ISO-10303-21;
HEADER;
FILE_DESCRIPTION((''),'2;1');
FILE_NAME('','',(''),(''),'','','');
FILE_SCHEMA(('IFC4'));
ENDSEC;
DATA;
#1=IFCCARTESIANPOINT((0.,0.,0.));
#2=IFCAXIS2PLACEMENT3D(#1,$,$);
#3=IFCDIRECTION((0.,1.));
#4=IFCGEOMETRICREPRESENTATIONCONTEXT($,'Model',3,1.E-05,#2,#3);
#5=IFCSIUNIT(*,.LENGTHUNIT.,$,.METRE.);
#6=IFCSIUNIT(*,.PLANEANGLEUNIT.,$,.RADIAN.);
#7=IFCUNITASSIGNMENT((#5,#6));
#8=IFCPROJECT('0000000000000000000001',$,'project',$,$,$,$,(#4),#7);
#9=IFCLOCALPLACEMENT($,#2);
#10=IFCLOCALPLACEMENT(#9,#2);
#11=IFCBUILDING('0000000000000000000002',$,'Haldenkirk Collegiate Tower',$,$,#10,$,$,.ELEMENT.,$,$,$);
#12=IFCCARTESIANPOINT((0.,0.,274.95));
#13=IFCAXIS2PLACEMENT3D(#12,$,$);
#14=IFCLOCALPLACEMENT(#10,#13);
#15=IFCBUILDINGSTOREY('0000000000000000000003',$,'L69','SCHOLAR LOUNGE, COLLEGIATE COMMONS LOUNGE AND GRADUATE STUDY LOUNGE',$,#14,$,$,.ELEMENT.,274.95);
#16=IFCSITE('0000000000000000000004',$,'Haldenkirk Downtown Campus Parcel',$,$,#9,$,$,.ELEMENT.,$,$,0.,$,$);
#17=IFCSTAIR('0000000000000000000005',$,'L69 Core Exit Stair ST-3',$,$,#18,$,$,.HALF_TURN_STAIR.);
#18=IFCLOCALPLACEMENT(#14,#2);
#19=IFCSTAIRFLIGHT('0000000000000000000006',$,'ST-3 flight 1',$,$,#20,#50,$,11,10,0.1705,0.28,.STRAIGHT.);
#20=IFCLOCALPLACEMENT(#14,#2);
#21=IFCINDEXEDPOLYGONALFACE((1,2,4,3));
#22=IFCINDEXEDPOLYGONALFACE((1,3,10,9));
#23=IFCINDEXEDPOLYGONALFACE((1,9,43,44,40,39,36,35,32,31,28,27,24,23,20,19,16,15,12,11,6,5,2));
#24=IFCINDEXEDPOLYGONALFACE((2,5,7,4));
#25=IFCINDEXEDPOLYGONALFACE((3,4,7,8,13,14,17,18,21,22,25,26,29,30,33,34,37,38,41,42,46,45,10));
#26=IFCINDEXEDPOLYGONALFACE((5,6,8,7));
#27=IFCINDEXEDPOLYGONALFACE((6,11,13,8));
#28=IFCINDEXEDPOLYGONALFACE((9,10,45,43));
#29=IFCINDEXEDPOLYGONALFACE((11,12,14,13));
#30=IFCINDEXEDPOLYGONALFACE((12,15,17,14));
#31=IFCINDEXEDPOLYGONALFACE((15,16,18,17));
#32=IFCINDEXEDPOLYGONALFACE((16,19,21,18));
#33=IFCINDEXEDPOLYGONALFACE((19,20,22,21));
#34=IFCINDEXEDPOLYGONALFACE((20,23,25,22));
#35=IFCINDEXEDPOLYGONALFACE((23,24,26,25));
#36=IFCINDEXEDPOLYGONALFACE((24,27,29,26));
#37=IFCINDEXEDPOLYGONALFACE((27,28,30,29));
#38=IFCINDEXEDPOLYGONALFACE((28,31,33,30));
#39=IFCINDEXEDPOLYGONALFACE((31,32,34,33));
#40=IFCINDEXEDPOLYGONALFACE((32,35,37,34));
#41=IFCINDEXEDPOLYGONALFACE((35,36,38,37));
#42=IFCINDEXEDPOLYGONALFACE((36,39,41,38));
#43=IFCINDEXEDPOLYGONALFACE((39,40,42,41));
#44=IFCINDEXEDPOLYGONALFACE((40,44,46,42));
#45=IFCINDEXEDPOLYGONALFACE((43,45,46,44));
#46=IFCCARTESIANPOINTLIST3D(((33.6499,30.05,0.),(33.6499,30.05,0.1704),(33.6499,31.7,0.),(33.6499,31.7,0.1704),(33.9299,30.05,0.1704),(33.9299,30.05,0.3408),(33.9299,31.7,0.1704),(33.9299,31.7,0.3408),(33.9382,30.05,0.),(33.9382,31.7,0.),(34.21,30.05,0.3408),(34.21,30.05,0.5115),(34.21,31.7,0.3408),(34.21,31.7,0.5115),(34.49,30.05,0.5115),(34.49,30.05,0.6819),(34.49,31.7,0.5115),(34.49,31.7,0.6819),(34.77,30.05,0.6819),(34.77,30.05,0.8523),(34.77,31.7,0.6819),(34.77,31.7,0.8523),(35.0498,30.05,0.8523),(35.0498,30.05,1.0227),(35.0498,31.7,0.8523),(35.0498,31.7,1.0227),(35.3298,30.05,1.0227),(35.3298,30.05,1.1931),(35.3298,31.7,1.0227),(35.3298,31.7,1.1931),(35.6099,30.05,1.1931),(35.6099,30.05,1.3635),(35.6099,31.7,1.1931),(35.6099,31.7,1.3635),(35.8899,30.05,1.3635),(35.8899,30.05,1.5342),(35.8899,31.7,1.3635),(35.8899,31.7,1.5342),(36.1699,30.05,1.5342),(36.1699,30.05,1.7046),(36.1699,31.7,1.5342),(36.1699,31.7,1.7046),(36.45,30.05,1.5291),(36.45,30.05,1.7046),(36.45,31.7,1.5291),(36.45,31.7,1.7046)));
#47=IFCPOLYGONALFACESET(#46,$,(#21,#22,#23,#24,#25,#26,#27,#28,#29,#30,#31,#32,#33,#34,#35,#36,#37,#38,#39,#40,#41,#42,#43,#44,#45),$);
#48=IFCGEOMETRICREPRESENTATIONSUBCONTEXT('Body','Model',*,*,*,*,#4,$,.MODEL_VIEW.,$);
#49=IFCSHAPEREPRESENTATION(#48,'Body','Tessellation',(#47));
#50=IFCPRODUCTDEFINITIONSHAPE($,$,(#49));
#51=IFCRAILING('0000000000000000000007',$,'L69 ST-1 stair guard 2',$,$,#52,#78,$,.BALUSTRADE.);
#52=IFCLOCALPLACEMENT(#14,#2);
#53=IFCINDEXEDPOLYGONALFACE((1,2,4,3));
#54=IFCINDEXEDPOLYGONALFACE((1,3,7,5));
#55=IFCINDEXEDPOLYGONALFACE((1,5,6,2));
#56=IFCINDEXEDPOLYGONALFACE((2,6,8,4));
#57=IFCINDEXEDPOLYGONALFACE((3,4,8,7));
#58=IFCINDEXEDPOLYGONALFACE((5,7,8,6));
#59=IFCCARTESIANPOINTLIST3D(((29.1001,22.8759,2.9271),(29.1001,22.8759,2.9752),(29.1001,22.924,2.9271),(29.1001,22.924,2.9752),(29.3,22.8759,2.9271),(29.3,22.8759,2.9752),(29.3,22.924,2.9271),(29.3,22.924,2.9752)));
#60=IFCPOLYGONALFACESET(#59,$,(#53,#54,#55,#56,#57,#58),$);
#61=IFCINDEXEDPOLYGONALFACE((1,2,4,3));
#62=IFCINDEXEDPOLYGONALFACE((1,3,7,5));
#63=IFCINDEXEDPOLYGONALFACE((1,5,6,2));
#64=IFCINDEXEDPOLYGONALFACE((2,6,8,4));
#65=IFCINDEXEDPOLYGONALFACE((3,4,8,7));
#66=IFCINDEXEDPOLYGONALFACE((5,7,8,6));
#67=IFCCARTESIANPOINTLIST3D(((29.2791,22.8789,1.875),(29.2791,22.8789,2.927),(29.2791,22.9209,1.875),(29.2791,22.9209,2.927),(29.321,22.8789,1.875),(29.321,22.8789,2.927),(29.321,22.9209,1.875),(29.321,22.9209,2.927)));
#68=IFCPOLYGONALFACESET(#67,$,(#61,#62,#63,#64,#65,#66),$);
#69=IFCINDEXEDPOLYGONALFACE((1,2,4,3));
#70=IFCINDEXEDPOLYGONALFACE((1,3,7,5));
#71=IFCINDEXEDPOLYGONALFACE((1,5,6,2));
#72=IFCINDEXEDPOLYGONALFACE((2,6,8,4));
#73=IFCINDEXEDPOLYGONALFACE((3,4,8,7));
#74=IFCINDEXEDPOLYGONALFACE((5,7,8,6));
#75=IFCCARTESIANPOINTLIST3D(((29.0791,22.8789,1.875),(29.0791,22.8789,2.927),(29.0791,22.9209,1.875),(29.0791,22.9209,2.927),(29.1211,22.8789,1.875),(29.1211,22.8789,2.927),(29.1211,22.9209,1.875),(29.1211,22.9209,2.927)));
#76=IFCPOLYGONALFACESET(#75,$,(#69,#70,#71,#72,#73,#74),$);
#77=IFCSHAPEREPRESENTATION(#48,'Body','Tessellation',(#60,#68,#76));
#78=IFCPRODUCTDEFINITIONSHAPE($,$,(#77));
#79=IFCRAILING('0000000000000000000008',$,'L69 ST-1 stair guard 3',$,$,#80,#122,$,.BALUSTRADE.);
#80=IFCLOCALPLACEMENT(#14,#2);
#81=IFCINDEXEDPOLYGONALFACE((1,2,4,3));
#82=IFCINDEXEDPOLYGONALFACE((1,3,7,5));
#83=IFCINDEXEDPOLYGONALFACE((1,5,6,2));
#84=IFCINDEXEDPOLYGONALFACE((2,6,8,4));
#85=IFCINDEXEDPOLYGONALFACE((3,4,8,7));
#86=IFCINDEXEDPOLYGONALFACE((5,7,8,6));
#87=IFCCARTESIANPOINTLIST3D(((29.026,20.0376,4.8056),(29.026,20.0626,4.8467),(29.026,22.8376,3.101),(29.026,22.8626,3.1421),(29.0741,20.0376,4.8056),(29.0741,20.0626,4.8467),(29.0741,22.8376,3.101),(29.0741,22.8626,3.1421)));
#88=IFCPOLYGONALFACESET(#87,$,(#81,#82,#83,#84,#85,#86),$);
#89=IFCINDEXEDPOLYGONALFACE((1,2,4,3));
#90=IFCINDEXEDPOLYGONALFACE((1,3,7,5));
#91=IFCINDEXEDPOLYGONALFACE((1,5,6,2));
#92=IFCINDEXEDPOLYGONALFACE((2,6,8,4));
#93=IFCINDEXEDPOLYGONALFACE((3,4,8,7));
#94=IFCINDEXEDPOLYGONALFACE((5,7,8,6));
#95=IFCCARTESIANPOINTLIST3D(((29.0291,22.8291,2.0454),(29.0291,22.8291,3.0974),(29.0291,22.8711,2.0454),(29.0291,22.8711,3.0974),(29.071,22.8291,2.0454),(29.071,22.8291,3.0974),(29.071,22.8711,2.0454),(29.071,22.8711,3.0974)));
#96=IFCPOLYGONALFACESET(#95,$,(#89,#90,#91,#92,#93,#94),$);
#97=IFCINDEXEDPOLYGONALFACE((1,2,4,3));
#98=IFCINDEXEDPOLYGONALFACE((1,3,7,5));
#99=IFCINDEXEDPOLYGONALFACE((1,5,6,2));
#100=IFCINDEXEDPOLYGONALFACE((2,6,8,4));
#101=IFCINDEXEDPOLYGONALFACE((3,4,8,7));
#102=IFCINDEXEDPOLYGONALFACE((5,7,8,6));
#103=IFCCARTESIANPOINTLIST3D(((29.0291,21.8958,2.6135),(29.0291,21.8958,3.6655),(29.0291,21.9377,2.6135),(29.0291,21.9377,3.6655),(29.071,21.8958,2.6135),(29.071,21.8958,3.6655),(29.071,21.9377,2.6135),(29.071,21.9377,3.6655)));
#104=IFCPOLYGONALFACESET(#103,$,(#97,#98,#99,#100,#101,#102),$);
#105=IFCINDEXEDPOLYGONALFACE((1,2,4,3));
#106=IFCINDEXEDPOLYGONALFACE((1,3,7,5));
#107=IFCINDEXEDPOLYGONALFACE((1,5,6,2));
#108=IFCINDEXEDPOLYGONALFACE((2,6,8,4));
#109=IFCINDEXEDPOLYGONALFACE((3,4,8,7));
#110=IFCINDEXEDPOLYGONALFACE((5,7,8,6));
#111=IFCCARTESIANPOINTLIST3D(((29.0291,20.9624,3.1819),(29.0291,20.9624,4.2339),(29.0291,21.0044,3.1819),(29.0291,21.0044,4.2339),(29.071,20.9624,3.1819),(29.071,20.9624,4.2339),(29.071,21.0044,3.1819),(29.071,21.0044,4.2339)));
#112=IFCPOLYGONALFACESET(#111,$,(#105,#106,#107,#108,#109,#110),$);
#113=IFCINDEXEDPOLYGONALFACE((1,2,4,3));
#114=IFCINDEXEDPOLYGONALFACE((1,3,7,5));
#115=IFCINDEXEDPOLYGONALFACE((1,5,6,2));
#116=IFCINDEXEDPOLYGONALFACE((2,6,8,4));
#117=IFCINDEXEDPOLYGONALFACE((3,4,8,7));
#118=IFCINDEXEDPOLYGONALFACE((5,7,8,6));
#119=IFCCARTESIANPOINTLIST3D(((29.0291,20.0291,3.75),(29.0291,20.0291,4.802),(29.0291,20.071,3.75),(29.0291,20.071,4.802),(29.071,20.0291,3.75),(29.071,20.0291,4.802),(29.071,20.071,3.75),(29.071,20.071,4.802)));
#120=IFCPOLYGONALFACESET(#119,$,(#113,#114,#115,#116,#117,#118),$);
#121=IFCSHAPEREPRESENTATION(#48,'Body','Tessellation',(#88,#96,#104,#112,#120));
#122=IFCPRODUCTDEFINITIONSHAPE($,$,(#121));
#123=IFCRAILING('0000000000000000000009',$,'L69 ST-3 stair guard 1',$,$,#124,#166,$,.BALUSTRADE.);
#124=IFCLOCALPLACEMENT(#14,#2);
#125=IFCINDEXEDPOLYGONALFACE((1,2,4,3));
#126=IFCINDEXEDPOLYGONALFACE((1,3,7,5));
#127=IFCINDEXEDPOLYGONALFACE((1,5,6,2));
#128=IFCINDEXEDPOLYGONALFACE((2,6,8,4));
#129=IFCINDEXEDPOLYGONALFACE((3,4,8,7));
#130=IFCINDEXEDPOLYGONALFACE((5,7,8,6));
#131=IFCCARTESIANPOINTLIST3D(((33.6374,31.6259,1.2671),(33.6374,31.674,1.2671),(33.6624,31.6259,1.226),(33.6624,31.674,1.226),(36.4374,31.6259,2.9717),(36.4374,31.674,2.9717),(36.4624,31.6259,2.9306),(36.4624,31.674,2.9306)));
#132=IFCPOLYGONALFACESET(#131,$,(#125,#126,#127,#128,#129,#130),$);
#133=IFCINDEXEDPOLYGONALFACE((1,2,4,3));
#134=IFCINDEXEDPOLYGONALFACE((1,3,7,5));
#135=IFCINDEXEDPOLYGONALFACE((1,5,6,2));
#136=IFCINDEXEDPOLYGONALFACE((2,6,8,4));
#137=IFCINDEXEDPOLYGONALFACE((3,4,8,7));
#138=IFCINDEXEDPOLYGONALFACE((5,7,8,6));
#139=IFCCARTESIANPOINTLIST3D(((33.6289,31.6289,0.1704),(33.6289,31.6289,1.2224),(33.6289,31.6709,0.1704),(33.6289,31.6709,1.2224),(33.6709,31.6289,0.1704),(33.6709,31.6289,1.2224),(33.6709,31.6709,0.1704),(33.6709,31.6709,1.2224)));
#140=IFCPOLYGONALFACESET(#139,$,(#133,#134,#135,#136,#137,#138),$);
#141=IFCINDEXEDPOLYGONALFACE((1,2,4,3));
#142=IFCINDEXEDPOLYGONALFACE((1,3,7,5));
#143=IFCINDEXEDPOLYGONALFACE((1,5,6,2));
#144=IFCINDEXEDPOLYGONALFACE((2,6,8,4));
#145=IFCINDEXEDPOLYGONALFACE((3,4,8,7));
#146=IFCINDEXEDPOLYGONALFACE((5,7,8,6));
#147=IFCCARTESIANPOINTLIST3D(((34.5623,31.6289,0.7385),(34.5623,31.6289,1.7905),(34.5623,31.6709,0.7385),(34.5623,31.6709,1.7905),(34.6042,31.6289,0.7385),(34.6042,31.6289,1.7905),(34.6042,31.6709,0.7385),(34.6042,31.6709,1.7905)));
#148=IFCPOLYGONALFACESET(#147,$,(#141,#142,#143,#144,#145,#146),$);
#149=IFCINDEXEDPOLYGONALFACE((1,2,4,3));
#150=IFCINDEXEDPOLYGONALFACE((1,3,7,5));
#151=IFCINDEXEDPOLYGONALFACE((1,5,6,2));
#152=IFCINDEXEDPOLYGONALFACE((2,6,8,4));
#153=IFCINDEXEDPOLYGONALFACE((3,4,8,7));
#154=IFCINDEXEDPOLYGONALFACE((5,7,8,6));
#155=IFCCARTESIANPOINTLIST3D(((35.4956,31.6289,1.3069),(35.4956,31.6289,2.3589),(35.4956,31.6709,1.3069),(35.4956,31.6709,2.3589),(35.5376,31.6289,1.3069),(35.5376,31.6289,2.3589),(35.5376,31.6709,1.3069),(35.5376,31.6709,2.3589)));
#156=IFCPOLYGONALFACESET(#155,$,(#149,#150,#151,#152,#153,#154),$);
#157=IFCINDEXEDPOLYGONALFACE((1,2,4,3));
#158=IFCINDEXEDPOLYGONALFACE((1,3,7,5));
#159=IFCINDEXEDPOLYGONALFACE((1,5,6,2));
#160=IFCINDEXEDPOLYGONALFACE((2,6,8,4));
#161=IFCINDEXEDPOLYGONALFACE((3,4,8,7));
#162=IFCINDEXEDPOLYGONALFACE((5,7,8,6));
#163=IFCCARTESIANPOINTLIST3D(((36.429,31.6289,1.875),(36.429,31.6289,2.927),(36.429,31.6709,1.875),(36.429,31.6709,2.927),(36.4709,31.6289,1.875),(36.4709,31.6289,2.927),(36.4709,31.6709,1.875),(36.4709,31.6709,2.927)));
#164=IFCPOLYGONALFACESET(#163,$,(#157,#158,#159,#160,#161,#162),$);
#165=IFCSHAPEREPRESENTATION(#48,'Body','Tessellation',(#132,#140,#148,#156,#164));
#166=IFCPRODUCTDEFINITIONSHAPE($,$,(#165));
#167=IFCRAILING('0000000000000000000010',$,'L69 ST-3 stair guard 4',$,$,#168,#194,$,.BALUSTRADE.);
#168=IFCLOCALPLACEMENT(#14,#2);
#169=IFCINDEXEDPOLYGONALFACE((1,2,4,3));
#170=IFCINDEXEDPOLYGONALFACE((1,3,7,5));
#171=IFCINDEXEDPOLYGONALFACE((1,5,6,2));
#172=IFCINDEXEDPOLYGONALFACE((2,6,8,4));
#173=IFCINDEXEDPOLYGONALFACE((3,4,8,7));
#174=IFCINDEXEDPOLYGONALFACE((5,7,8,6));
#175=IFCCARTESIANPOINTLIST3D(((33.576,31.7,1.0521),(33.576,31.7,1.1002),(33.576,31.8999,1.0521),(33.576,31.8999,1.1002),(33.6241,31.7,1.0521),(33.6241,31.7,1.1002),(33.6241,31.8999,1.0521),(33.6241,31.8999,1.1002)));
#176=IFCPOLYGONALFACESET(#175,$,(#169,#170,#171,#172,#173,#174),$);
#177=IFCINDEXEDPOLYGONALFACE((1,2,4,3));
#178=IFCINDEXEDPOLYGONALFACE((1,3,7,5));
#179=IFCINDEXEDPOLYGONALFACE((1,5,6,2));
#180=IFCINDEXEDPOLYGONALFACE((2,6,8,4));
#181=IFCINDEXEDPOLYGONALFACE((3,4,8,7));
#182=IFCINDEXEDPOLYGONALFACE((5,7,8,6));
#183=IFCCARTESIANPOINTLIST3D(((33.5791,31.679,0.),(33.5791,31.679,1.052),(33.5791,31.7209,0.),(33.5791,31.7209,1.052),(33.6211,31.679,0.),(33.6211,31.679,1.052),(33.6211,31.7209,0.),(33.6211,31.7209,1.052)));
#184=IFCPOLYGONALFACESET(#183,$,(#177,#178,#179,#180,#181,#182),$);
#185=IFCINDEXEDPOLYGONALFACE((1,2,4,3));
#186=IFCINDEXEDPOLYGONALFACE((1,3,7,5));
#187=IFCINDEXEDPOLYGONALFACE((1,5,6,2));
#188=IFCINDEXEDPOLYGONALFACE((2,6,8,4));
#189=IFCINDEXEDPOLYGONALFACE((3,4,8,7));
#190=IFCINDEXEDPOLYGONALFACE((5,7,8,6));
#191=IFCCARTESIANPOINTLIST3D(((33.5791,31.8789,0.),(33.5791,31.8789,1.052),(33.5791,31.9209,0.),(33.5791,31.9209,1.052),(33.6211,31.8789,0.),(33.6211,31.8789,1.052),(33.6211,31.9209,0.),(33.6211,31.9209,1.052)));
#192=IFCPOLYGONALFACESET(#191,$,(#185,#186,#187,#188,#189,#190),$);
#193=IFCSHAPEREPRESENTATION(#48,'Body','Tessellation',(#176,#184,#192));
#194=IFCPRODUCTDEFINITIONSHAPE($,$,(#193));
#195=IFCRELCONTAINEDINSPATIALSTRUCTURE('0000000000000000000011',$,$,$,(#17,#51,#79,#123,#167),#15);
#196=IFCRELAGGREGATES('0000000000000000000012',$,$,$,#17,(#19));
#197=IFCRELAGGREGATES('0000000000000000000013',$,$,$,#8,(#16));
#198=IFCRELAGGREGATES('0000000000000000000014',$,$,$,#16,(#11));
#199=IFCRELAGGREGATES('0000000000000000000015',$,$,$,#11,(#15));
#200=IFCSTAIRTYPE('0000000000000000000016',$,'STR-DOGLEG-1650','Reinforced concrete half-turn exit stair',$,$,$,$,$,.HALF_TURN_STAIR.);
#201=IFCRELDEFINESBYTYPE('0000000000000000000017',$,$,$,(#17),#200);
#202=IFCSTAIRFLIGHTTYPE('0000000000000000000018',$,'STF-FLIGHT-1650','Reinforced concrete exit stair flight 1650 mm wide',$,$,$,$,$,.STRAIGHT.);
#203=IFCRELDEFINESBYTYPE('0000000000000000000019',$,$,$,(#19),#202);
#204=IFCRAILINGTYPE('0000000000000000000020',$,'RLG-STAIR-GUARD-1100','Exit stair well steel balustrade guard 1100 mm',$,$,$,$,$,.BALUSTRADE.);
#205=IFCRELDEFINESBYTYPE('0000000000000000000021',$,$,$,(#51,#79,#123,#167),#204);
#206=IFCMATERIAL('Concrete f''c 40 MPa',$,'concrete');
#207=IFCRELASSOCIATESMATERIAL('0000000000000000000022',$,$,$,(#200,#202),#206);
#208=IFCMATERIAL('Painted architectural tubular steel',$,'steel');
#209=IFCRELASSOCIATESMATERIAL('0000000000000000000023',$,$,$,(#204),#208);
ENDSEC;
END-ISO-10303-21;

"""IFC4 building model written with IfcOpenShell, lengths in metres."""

from ifc_helpers import new_model, si_unit, direction, frame, origin, origin_2d, place, context, subcontext, project, spatial, polyline, rectangle, outline, extrude, material, type_object, element, aggregate, save


model = new_model("IFC4")

# Units and contexts
model_context = context("Model", 3, precision=1e-05, world=origin(), true_north=direction((0.0, 1.0)))
body_context = subcontext(model_context, "Body", "Model", "MODEL_VIEW")
ifc_project = project(units=[si_unit("LENGTHUNIT", "METRE"), si_unit("PLANEANGLEUNIT", "RADIAN")], contexts=[model_context])

# Site, building, storey
site_placement = place(None, origin())
site = spatial("IfcSite", under=ifc_project, at=site_placement, Name="Haldenkirk Downtown Campus Parcel", CompositionType="ELEMENT", RefElevation=0.0)
building_placement = place(site_placement, origin())
building = spatial("IfcBuilding", under=site, at=building_placement, Name="Haldenkirk Collegiate Tower", CompositionType="ELEMENT")
storey_placement = place(building_placement, frame((0.0, 0.0, 274.95)))
storey = spatial("IfcBuildingStorey", under=building, at=storey_placement, Name="L69", Description="SCHOLAR LOUNGE, COLLEGIATE COMMONS LOUNGE AND GRADUATE STUDY LOUNGE", CompositionType="ELEMENT", Elevation=274.95)

# Stair, stair flight
ifc_material_1 = material(Name="Concrete f'c 40 MPa", Category="concrete")
stair_type = type_object("IfcStairType", Name="STR-DOGLEG-1650", Description="Reinforced concrete half-turn exit stair", PredefinedType="HALF_TURN_STAIR", material=ifc_material_1)
stair_flight_type = type_object("IfcStairFlightType", Name="STF-FLIGHT-1650", Description="Reinforced concrete exit stair flight 1650 mm wide", PredefinedType="STRAIGHT", material=ifc_material_1)
stair_1_placement = place(storey_placement, origin())
stair_1 = element("IfcStair", 1, at=stair_1_placement, inside=storey, type_object=stair_type, Name="L69 Core Exit Stair ST-3", PredefinedType="HALF_TURN_STAIR")
stair_flight_1_placement = place(storey_placement, frame((33.6499, 30.875, 0.0), z_axis=(0.0, 0.0, 1.0), x_axis=(1.0, 0.0, 0.0)))
stair_flight_1 = element("IfcStairFlight", 2, at=stair_flight_1_placement, type_object=stair_flight_type, Name="ST-3 flight 1", NumberOfRisers=11, NumberOfTreads=10, PredefinedType="STRAIGHT", RiserHeight=0.1705, TreadLength=0.28, context=body_context, shape_type="SweptSolid", body=[
    extrude(outline(polyline([(0.0, 0.0), (0.0, 0.1704), (0.28, 0.1704), (0.28, 0.3408), (0.5601, 0.3408), (0.5601, 0.5115), (0.8401, 0.5115), (0.8401, 0.6819), (1.1201, 0.6819), (1.1201, 0.8523), (1.3999, 0.8523), (1.3999, 1.0227), (1.6799, 1.0227), (1.6799, 1.1931), (1.96, 1.1931), (1.96, 1.3635), (2.24, 1.3635), (2.24, 1.5342), (2.52, 1.5342), (2.52, 1.7046), (2.8, 1.7046), (2.8, 1.875), (2.8, 1.5291), (0.2883, 0.0), (0.0, 0.0)])), frame((0.0, 0.825, 0.0), z_axis=(0.0, -1.0, 0.0), x_axis=(1.0, 0.0, 0.0)), (0.0, 0.0, 1.0), 1.6499),
])
aggregate(stair_1, [stair_flight_1])

# Railings
ifc_material_2 = material(Name="Painted architectural tubular steel", Category="steel")
railing_type = type_object("IfcRailingType", Name="RLG-STAIR-GUARD-1100", Description="Exit stair well steel balustrade guard 1100 mm", PredefinedType="BALUSTRADE", material=ifc_material_2)
railing_1_placement = place(storey_placement, frame((29.3, 22.8999, 1.875)))
element("IfcRailing", 3, at=railing_1_placement, inside=storey, type_object=railing_type, Name="L69 ST-1 stair guard 2", PredefinedType="BALUSTRADE", context=body_context, shape_type="SweptSolid", body=[
    extrude(rectangle(XDim=0.0481, YDim=0.0481, at=origin_2d()), frame((0.0, 0.0, 1.0762), z_axis=(-1.0, 0.0, 0.0), x_axis=(0.0, -1.0, 0.0)), (0.0, 0.0, 1.0), 0.2),
    extrude(rectangle(XDim=0.042, YDim=0.042, at=origin_2d()), origin(), (0.0, 0.0, 1.0), 1.052),
    extrude(rectangle(XDim=0.042, YDim=0.042, at=origin_2d()), frame((-0.2, 0.0, 0.0)), (0.0, 0.0, 1.0), 1.052),
])
railing_2_placement = place(storey_placement, frame((29.05, 22.8501, 2.0454)))
element("IfcRailing", 4, at=railing_2_placement, inside=storey, type_object=railing_type, Name="L69 ST-1 stair guard 3", PredefinedType="BALUSTRADE", context=body_context, shape_type="SweptSolid", body=[
    extrude(rectangle(XDim=0.0481, YDim=0.0481, at=origin_2d()), frame((0.0, 0.0, 1.0762), z_axis=(0.0, -0.85417, 0.519994), x_axis=(1.0, 0.0, 0.0)), (0.0, 0.0, 1.0), 3.2781),
    extrude(rectangle(XDim=0.042, YDim=0.042, at=origin_2d()), origin(), (0.0, 0.0, 1.0), 1.052),
    extrude(rectangle(XDim=0.042, YDim=0.042, at=origin_2d()), frame((0.0, -0.9333, 0.5681)), (0.0, 0.0, 1.0), 1.052),
    extrude(rectangle(XDim=0.042, YDim=0.042, at=origin_2d()), frame((0.0, -1.8667, 1.1365)), (0.0, 0.0, 1.0), 1.052),
    extrude(rectangle(XDim=0.042, YDim=0.042, at=origin_2d()), frame((0.0, -2.8, 1.7046)), (0.0, 0.0, 1.0), 1.052),
])
railing_3_placement = place(storey_placement, frame((33.6499, 31.6499, 0.1704)))
element("IfcRailing", 5, at=railing_3_placement, inside=storey, type_object=railing_type, Name="L69 ST-3 stair guard 1", PredefinedType="BALUSTRADE", context=body_context, shape_type="SweptSolid", body=[
    extrude(rectangle(XDim=0.0481, YDim=0.0481, at=origin_2d()), frame((0.0, 0.0, 1.0762), z_axis=(0.85417, 0.0, 0.519994), x_axis=(0.0, 1.0, 0.0)), (0.0, 0.0, 1.0), 3.2781),
    extrude(rectangle(XDim=0.042, YDim=0.042, at=origin_2d()), origin(), (0.0, 0.0, 1.0), 1.052),
    extrude(rectangle(XDim=0.042, YDim=0.042, at=origin_2d()), frame((0.9333, 0.0, 0.5681)), (0.0, 0.0, 1.0), 1.052),
    extrude(rectangle(XDim=0.042, YDim=0.042, at=origin_2d()), frame((1.8667, 0.0, 1.1365)), (0.0, 0.0, 1.0), 1.052),
    extrude(rectangle(XDim=0.042, YDim=0.042, at=origin_2d()), frame((2.8, 0.0, 1.7046)), (0.0, 0.0, 1.0), 1.052),
])
railing_4_placement = place(storey_placement, frame((33.6001, 31.7, 0.0)))
element("IfcRailing", 6, at=railing_4_placement, inside=storey, type_object=railing_type, Name="L69 ST-3 stair guard 4", PredefinedType="BALUSTRADE", context=body_context, shape_type="SweptSolid", body=[
    extrude(rectangle(XDim=0.0481, YDim=0.0481, at=origin_2d()), frame((0.0, 0.0, 1.0762), z_axis=(0.0, 1.0, 0.0), x_axis=(-1.0, 0.0, 0.0)), (0.0, 0.0, 1.0), 0.2),
    extrude(rectangle(XDim=0.042, YDim=0.042, at=origin_2d()), origin(), (0.0, 0.0, 1.0), 1.052),
    extrude(rectangle(XDim=0.042, YDim=0.042, at=origin_2d()), frame((0.0, 0.2, 0.0)), (0.0, 0.0, 1.0), 1.052),
])

save(model, "model.ifc")
